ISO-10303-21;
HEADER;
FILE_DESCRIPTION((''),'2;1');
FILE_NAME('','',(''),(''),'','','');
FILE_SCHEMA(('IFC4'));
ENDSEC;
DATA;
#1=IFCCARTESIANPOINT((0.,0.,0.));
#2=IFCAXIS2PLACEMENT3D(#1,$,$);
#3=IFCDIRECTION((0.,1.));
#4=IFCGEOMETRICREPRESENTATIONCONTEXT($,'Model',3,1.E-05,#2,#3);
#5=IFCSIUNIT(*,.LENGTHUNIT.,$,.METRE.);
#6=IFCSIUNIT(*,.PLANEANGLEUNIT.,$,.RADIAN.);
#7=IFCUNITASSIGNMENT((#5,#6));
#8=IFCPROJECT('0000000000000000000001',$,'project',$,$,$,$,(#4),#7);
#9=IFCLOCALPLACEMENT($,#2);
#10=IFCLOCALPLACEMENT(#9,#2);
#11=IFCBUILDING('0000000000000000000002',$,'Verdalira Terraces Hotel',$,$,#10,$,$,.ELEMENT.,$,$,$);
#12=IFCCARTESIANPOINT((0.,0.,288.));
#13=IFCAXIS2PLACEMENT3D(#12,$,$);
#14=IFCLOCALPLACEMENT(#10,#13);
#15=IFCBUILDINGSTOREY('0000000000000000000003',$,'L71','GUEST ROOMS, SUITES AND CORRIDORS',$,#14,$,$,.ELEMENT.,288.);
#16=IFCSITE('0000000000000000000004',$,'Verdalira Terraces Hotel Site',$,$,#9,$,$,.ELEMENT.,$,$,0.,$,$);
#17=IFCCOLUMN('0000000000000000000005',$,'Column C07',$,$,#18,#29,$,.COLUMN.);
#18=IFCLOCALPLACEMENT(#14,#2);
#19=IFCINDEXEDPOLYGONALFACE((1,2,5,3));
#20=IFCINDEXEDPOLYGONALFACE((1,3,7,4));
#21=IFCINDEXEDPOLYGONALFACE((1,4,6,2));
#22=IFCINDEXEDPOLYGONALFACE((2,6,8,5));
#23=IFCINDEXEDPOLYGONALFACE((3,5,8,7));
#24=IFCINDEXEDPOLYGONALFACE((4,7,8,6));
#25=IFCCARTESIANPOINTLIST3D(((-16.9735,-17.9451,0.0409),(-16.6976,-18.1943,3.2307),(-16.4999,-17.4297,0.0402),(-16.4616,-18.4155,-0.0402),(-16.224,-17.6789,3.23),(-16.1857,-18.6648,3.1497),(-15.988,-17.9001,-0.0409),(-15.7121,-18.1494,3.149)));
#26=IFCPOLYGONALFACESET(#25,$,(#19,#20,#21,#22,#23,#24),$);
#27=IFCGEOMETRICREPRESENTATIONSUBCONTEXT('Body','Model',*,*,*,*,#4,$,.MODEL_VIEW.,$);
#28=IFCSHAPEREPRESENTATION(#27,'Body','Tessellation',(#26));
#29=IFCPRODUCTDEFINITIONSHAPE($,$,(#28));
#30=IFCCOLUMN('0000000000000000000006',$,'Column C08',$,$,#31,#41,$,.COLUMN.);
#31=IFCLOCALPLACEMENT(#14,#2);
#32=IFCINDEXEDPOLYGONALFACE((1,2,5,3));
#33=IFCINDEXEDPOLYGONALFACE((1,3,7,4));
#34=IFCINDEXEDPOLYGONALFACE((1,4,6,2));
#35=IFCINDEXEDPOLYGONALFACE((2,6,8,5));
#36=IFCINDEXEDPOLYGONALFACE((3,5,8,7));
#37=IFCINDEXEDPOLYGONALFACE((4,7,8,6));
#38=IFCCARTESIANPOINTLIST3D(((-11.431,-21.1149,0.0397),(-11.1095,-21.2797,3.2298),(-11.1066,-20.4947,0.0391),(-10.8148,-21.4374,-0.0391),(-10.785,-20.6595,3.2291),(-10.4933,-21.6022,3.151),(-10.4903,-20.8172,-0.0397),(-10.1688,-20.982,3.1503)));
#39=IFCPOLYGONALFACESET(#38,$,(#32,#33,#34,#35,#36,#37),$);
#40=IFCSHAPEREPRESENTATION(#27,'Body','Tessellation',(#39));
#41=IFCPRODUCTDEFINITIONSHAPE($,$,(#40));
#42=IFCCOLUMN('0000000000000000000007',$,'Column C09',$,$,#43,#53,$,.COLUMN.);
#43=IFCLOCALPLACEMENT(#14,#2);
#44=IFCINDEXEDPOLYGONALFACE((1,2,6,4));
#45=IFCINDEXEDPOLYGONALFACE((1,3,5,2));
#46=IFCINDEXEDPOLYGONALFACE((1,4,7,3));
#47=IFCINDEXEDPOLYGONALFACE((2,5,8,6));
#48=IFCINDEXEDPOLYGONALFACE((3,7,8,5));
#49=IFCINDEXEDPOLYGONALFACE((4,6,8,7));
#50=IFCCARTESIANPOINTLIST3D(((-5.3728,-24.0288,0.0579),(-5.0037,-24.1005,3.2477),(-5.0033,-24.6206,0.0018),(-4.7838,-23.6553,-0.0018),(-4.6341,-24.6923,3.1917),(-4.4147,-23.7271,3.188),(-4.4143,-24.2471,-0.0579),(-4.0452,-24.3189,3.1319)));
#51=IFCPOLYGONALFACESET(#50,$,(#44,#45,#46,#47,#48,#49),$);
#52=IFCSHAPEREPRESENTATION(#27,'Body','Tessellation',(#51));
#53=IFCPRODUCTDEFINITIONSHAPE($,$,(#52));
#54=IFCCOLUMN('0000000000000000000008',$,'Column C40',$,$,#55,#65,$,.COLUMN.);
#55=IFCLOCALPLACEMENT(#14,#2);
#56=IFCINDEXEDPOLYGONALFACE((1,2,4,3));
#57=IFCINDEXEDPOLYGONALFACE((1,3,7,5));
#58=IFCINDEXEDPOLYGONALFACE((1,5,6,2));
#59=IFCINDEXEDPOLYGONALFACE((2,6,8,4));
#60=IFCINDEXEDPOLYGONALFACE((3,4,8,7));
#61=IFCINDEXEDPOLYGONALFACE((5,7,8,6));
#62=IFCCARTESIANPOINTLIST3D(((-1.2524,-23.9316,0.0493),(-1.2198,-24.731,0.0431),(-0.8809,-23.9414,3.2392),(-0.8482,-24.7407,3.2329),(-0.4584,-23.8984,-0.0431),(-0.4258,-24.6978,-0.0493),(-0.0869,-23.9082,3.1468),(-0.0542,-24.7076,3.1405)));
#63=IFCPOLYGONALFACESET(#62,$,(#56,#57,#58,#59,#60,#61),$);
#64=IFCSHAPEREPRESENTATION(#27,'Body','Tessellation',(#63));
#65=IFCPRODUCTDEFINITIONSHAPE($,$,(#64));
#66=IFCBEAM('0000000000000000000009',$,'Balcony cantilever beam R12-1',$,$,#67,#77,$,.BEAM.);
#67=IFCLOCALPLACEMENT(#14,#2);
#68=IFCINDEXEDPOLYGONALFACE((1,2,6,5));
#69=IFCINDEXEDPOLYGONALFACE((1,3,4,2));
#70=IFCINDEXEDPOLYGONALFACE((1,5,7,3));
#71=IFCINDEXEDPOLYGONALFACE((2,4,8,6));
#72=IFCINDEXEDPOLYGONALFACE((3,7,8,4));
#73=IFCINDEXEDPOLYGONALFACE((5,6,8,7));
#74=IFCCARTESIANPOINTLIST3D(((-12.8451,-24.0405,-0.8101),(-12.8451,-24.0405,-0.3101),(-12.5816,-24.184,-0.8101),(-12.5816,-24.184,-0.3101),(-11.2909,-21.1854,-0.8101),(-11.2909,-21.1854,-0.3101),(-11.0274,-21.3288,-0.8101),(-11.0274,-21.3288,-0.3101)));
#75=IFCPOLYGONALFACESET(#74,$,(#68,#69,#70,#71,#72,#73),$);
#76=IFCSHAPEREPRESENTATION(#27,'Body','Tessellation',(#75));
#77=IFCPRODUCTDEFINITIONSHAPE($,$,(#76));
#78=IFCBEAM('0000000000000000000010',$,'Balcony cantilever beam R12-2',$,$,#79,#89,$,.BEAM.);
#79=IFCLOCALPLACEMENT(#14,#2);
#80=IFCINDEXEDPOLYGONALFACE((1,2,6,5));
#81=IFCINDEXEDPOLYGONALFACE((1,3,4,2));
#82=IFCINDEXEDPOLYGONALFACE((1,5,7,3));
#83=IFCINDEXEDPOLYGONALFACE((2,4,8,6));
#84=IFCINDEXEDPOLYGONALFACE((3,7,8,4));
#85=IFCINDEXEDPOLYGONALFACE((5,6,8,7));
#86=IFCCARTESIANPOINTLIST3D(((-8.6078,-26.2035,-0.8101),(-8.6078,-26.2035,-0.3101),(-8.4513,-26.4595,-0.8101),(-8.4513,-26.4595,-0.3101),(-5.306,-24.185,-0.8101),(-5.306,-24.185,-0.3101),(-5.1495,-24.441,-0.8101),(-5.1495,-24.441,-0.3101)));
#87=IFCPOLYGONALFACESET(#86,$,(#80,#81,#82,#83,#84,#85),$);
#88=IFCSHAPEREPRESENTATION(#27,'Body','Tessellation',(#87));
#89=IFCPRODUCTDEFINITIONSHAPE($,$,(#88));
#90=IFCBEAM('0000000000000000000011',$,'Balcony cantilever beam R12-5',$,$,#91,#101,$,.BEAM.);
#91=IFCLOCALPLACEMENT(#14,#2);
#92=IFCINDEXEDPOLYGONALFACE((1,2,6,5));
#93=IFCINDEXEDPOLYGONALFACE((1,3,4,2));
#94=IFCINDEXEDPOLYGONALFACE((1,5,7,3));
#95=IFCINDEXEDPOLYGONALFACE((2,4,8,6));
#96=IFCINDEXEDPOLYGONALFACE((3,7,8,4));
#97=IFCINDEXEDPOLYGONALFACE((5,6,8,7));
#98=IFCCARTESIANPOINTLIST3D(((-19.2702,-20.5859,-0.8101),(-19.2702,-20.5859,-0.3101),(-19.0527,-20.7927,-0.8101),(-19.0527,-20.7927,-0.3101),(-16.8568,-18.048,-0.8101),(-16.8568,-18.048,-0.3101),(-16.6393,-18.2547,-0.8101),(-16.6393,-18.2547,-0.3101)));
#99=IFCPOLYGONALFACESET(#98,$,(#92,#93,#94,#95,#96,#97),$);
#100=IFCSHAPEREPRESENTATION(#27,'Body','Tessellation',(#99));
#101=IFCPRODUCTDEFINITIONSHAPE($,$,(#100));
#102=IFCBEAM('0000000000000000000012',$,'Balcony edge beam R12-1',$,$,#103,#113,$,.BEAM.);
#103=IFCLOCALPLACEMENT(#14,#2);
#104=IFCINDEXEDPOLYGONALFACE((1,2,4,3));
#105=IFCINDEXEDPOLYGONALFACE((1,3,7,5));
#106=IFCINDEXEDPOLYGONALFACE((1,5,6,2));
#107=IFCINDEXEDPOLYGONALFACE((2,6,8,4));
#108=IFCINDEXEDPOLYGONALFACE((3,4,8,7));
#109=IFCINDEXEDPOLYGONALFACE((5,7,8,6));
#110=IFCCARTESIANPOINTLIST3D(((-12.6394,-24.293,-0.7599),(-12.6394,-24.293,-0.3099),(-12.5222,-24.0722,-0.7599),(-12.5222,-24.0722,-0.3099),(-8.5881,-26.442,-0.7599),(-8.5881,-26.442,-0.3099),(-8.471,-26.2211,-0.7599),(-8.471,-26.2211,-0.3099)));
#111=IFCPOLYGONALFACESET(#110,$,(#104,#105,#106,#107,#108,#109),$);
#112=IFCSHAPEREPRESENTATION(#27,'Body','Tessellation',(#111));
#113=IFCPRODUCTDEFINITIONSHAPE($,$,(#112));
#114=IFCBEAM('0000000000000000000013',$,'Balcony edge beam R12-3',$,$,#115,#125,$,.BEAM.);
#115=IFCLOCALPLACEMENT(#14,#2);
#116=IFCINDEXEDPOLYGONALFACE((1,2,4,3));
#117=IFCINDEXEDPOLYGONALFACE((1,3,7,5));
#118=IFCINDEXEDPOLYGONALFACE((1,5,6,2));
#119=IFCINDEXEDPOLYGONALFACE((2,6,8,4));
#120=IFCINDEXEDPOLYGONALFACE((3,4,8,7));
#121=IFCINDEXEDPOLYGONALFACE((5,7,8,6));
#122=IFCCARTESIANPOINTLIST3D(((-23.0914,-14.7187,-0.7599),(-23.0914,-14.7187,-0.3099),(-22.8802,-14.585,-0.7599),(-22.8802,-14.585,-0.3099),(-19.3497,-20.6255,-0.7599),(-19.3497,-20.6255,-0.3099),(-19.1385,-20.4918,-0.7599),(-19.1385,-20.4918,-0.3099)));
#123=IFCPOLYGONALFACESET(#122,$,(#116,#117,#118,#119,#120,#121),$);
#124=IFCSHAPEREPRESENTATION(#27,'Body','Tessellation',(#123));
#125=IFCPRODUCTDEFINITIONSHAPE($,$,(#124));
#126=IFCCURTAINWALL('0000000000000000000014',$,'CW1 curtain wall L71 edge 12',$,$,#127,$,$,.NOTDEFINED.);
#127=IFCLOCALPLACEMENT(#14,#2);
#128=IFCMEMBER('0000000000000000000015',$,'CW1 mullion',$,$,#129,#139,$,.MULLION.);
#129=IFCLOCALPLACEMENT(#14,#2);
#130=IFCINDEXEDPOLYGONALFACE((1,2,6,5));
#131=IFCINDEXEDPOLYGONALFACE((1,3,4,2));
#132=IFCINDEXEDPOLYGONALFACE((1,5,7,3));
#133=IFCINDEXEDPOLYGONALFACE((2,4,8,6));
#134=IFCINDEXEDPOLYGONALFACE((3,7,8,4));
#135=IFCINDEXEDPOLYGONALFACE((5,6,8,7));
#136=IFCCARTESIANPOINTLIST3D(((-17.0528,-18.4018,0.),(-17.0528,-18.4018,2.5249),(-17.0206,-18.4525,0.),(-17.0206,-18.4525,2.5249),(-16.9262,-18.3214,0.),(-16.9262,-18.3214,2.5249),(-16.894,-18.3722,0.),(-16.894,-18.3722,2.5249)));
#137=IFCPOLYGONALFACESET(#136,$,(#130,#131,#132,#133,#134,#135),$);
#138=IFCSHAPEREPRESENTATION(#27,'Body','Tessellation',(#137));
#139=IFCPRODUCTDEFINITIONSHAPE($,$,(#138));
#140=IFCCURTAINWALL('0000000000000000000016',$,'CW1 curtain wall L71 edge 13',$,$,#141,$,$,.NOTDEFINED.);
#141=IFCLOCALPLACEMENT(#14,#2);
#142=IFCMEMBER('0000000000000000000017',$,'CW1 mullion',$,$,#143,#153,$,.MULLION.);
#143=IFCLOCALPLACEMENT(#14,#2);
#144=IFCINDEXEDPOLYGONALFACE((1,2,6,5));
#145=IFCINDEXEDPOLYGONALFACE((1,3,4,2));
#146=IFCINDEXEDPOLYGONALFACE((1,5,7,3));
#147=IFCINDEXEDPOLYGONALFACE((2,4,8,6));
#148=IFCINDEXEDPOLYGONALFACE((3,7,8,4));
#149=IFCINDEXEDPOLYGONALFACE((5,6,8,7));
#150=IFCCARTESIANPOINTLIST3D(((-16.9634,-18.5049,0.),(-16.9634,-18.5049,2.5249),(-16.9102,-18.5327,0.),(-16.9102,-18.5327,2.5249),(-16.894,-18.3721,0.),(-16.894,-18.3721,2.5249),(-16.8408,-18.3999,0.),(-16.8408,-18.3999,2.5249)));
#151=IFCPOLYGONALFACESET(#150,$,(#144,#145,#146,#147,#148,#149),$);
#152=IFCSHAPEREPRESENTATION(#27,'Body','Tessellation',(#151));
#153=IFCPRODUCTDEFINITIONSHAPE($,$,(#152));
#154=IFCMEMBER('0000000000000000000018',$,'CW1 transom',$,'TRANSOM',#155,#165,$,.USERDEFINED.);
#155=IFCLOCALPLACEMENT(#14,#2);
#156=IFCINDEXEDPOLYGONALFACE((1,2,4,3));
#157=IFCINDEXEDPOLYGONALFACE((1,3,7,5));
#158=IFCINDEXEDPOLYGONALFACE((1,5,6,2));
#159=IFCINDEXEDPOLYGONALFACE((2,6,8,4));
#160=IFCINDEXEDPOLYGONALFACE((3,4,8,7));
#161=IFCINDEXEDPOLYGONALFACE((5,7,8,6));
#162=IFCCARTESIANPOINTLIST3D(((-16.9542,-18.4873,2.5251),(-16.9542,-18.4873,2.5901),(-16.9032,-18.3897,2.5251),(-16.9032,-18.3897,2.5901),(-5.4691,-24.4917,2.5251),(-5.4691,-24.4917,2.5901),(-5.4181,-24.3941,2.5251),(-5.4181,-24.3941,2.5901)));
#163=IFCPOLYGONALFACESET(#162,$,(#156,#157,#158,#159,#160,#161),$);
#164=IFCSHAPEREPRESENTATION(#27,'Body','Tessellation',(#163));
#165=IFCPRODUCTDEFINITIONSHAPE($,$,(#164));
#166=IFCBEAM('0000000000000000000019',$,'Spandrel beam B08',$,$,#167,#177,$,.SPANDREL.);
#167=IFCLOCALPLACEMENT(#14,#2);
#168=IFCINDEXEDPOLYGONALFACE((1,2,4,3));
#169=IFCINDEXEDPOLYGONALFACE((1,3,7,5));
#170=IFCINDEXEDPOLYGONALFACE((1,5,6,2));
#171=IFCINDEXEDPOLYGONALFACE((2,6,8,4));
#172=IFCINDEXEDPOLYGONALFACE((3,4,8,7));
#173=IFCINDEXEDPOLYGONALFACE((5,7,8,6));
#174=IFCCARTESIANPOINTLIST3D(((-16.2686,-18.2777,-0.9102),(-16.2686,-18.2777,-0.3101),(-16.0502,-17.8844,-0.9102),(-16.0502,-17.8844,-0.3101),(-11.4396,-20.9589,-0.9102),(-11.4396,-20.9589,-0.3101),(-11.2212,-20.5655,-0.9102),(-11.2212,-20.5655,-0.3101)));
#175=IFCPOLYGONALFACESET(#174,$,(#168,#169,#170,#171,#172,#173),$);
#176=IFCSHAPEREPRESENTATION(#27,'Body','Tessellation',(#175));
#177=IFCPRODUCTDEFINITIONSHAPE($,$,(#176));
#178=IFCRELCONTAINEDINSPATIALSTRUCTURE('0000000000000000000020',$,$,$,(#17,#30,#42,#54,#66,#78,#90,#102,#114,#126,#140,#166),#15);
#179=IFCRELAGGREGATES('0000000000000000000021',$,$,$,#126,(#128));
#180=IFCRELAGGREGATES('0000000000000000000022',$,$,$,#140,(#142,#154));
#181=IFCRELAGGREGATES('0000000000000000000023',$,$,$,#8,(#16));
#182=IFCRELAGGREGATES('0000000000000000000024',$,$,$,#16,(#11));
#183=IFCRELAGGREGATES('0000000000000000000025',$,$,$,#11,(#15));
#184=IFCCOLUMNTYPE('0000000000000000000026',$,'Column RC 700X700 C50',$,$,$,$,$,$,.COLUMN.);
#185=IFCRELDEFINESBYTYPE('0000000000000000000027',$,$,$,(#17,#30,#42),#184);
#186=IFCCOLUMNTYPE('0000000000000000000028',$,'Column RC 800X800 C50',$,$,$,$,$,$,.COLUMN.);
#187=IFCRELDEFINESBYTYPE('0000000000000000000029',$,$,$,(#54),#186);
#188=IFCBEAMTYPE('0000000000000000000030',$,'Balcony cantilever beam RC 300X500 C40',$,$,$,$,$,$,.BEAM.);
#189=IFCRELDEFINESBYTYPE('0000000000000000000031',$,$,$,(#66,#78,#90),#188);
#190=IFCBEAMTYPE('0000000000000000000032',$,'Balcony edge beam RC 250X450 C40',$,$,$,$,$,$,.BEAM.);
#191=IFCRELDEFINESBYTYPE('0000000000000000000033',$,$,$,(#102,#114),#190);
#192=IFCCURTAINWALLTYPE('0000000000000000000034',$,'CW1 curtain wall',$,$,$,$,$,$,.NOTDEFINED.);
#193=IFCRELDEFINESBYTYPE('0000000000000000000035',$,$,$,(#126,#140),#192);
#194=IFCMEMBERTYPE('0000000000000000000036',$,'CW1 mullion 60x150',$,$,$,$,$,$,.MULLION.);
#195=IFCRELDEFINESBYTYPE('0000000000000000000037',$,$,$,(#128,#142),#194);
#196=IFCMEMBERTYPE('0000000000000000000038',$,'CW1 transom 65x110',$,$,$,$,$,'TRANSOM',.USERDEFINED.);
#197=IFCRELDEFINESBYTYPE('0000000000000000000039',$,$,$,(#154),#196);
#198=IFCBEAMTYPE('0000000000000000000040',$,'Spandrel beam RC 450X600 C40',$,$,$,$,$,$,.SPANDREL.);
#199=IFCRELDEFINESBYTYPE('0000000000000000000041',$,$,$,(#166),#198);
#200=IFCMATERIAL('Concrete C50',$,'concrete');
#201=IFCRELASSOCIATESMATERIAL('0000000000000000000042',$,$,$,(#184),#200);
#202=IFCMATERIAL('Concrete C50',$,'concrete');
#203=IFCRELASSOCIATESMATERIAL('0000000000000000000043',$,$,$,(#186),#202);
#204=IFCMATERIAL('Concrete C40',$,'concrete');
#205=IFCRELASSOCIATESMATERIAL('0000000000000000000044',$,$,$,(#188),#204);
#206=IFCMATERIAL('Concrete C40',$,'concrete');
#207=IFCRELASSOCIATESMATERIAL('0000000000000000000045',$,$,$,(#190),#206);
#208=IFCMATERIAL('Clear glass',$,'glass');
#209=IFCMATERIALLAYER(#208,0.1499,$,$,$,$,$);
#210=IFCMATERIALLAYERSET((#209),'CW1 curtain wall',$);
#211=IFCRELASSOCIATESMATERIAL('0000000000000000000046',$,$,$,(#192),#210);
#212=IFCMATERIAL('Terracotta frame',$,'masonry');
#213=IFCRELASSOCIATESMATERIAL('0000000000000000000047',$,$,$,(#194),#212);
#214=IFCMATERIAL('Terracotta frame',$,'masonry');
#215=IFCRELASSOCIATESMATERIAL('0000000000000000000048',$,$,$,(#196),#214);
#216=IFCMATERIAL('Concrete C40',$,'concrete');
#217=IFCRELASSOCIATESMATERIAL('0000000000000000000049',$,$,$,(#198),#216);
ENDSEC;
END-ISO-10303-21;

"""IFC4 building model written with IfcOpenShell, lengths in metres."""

from ifc_helpers import new_model, si_unit, direction, frame, origin, origin_2d, place, context, subcontext, project, spatial, rectangle, extrude, material, layer, layer_set, material_profile, profile_set, type_object, element, aggregate, save


model = new_model("IFC4")

# Units and contexts
model_context = context("Model", 3, precision=1e-05, world=origin(), true_north=direction((0.0, 1.0)))
body_context = subcontext(model_context, "Body", "Model", "MODEL_VIEW")
ifc_project = project(units=[si_unit("LENGTHUNIT", "METRE"), si_unit("PLANEANGLEUNIT", "RADIAN")], contexts=[model_context])

# Site, building, storey
site_placement = place(None, origin())
site = spatial("IfcSite", under=ifc_project, at=site_placement, Name="Verdalira Terraces Hotel Site", CompositionType="ELEMENT", RefElevation=0.0)
building_placement = place(site_placement, origin())
building = spatial("IfcBuilding", under=site, at=building_placement, Name="Verdalira Terraces Hotel", CompositionType="ELEMENT")
storey_placement = place(building_placement, frame((0.0, 0.0, 288.0)))
storey = spatial("IfcBuildingStorey", under=building, at=storey_placement, Name="L71", Description="GUEST ROOMS, SUITES AND CORRIDORS", CompositionType="ELEMENT", Elevation=288.0)

# Columns
ifc_material_1 = material(Name="Concrete C50", Category="concrete")
ifc_material_profile_1 = material_profile(ifc_material_1, rectangle(XDim=0.7, YDim=0.7, at=origin_2d()), Name="RC 700X700")
ifc_profile_set_1 = profile_set([ifc_material_profile_1], Name="Concrete C50")
column_type_1 = type_object("IfcColumnType", Name="Column RC 700X700 C50", PredefinedType="COLUMN", material=ifc_profile_set_1)
column_1_placement = place(storey_placement, frame((-16.4807, -17.9226, 0.0), z_axis=(0.085902, -0.077616, 0.993276), x_axis=(-0.731317, 0.67214, 0.115769)))
element("IfcColumn", 1, at=column_1_placement, inside=storey, type_object=column_type_1, Name="Column C07", PredefinedType="COLUMN", context=body_context, shape_type="SweptSolid", body=[
    extrude(rectangle(XDim=0.7, YDim=0.7, at=origin_2d()), origin(), (0.0, 0.0, 1.0), 3.2114),
])
column_2_placement = place(storey_placement, frame((-10.9607, -20.9661, 0.0), z_axis=(0.100156, -0.051333, 0.993647), x_axis=(0.880392, -0.4607, -0.11254)))
element("IfcColumn", 2, at=column_2_placement, inside=storey, type_object=column_type_1, Name="Column C08", PredefinedType="COLUMN", context=body_context, shape_type="SweptSolid", body=[
    extrude(rectangle(XDim=0.7, YDim=0.7, at=origin_2d()), origin(), (0.0, 0.0, 1.0), 3.2104),
])
column_3_placement = place(storey_placement, frame((-4.8936, -24.1379, 0.0), z_axis=(0.114924, -0.022346, 0.993123), x_axis=(-0.527952, 0.845487, 0.080119)))
element("IfcColumn", 3, at=column_3_placement, inside=storey, type_object=column_type_1, Name="Column C09", PredefinedType="COLUMN", context=body_context, shape_type="SweptSolid", body=[
    extrude(rectangle(XDim=0.7, YDim=0.7, at=origin_2d()), origin(), (0.0, 0.0, 1.0), 3.2119),
])
ifc_material_2 = material(Name="Concrete C50", Category="concrete")
ifc_material_profile_2 = material_profile(ifc_material_2, rectangle(XDim=0.8, YDim=0.8, at=origin_2d()), Name="RC 800X800")
ifc_profile_set_2 = profile_set([ifc_material_profile_2], Name="Concrete C50")
column_type_2 = type_object("IfcColumnType", Name="Column RC 800X800 C50", PredefinedType="COLUMN", material=ifc_profile_set_2)
column_4_placement = place(storey_placement, frame((-0.8391, -24.3147, 0.0), z_axis=(0.115703, -0.003041, 0.993279), x_axis=(0.040806, -0.999137, -0.007812)))
element("IfcColumn", 4, at=column_4_placement, inside=storey, type_object=column_type_2, Name="Column C40", PredefinedType="COLUMN", context=body_context, shape_type="SweptSolid", body=[
    extrude(rectangle(XDim=0.8, YDim=0.8, at=origin_2d()), origin(), (0.0, 0.0, 1.0), 3.2114),
])

# Beams
ifc_material_3 = material(Name="Concrete C40", Category="concrete")
ifc_material_profile_3 = material_profile(ifc_material_3, rectangle(XDim=0.3, YDim=0.5, at=origin_2d()), Name="RC 300X500")
ifc_profile_set_3 = profile_set([ifc_material_profile_3], Name="Concrete C40")
beam_type_1 = type_object("IfcBeamType", Name="Balcony cantilever beam RC 300X500 C40", PredefinedType="BEAM", material=ifc_profile_set_3)
beam_1_placement = place(storey_placement, frame((-11.1592, -21.2571, -0.5601), z_axis=(-0.478094, -0.878309, 0.0), x_axis=(0.878309, -0.478094, 0.0)))
element("IfcBeam", 5, at=beam_1_placement, inside=storey, type_object=beam_type_1, Name="Balcony cantilever beam R12-1", PredefinedType="BEAM", context=body_context, shape_type="SweptSolid", body=[
    extrude(rectangle(XDim=0.3, YDim=0.5, at=origin_2d()), origin(), (0.0, 0.0, 1.0), 3.2507),
])
beam_2_placement = place(storey_placement, frame((-5.2278, -24.313, -0.5601), z_axis=(-0.853188, -0.521603, 0.0), x_axis=(0.521603, -0.853188, 0.0)))
element("IfcBeam", 6, at=beam_2_placement, inside=storey, type_object=beam_type_1, Name="Balcony cantilever beam R12-2", PredefinedType="BEAM", context=body_context, shape_type="SweptSolid", body=[
    extrude(rectangle(XDim=0.3, YDim=0.5, at=origin_2d()), origin(), (0.0, 0.0, 1.0), 3.8699),
])
beam_3_placement = place(storey_placement, frame((-16.748, -18.1514, -0.5601), z_axis=(-0.689107, -0.72466, 0.0), x_axis=(0.72466, -0.689107, 0.0)))
element("IfcBeam", 7, at=beam_3_placement, inside=storey, type_object=beam_type_1, Name="Balcony cantilever beam R12-5", PredefinedType="BEAM", context=body_context, shape_type="SweptSolid", body=[
    extrude(rectangle(XDim=0.3, YDim=0.5, at=origin_2d()), origin(), (0.0, 0.0, 1.0), 3.5022),
])
ifc_material_4 = material(Name="Concrete C40", Category="concrete")
ifc_material_profile_4 = material_profile(ifc_material_4, rectangle(XDim=0.25, YDim=0.45, at=origin_2d()), Name="RC 250X450")
ifc_profile_set_4 = profile_set([ifc_material_profile_4], Name="Concrete C40")
beam_type_2 = type_object("IfcBeamType", Name="Balcony edge beam RC 250X450 C40", PredefinedType="BEAM", material=ifc_profile_set_4)
beam_4_placement = place(storey_placement, frame((-12.5808, -24.1826, -0.5349), z_axis=(0.883415, -0.468592, 0.0), x_axis=(0.468592, 0.883415, 0.0)))
element("IfcBeam", 8, at=beam_4_placement, inside=storey, type_object=beam_type_2, Name="Balcony edge beam R12-1", PredefinedType="BEAM", context=body_context, shape_type="SweptSolid", body=[
    extrude(rectangle(XDim=0.25, YDim=0.45, at=origin_2d()), origin(), (0.0, 0.0, 1.0), 4.5859),
])
beam_5_placement = place(storey_placement, frame((-22.9858, -14.6519, -0.5349), z_axis=(0.53513, -0.84477, 0.0), x_axis=(0.84477, 0.53513, 0.0)))
element("IfcBeam", 9, at=beam_5_placement, inside=storey, type_object=beam_type_2, Name="Balcony edge beam R12-3", PredefinedType="BEAM", context=body_context, shape_type="SweptSolid", body=[
    extrude(rectangle(XDim=0.25, YDim=0.45, at=origin_2d()), origin(), (0.0, 0.0, 1.0), 6.9922),
])

# Curtain wall, member
ifc_material_5 = material(Name="Clear glass", Category="glass")
ifc_layer_1 = layer(ifc_material_5, 0.1499)
ifc_layer_set_1 = layer_set([ifc_layer_1], Name="CW1 curtain wall")
curtain_wall_type = type_object("IfcCurtainWallType", Name="CW1 curtain wall", PredefinedType="NOTDEFINED", material=ifc_layer_set_1)
curtain_wall_1_placement = place(storey_placement, origin())
curtain_wall_1 = element("IfcCurtainWall", 10, at=curtain_wall_1_placement, inside=storey, type_object=curtain_wall_type, Name="CW1 curtain wall L71 edge 12", PredefinedType="NOTDEFINED")
ifc_material_6 = material(Name="Terracotta frame", Category="masonry")
ifc_material_profile_5 = material_profile(ifc_material_6, rectangle(XDim=0.0601, YDim=0.1499, at=origin_2d()), Name="MU 60x150")
ifc_profile_set_5 = profile_set([ifc_material_profile_5], Name="Terracotta frame")
member_type_1 = type_object("IfcMemberType", Name="CW1 mullion 60x150", PredefinedType="MULLION", material=ifc_profile_set_5)
member_1_placement = place(storey_placement, frame((-16.9734, -18.387, 0.0), z_axis=(0.0, 0.0, 1.0), x_axis=(0.535827, -0.844328, 0.0)))
member_1 = element("IfcMember", 11, at=member_1_placement, type_object=member_type_1, Name="CW1 mullion", PredefinedType="MULLION", context=body_context, shape_type="SweptSolid", body=[
    extrude(rectangle(XDim=0.0601, YDim=0.1499, at=origin_2d()), origin(), (0.0, 0.0, 1.0), 2.5249),
])
aggregate(curtain_wall_1, [member_1])

# Curtain wall, members
curtain_wall_2_placement = place(storey_placement, origin())
curtain_wall_2 = element("IfcCurtainWall", 12, at=curtain_wall_2_placement, inside=storey, type_object=curtain_wall_type, Name="CW1 curtain wall L71 edge 13", PredefinedType="NOTDEFINED")
member_2_placement = place(storey_placement, frame((-16.9021, -18.4524, 0.0), z_axis=(0.0, 0.0, 1.0), x_axis=(0.886204, -0.463296, 0.0)))
member_2 = element("IfcMember", 13, at=member_2_placement, type_object=member_type_1, Name="CW1 mullion", PredefinedType="MULLION", context=body_context, shape_type="SweptSolid", body=[
    extrude(rectangle(XDim=0.0601, YDim=0.1499, at=origin_2d()), origin(), (0.0, 0.0, 1.0), 2.5249),
])
ifc_material_7 = material(Name="Terracotta frame", Category="masonry")
ifc_material_profile_6 = material_profile(ifc_material_7, rectangle(XDim=0.1101, YDim=0.0649, at=origin_2d()), Name="TR 65x110")
ifc_profile_set_6 = profile_set([ifc_material_profile_6], Name="Terracotta frame")
member_type_2 = type_object("IfcMemberType", Name="CW1 transom 65x110", ElementType="TRANSOM", PredefinedType="USERDEFINED", material=ifc_profile_set_6)
member_3_placement = place(storey_placement, frame((-16.9287, -18.4385, 2.5576), z_axis=(0.8862, -0.463304, 0.0), x_axis=(0.463304, 0.8862, 0.0)))
member_3 = element("IfcMember", 14, at=member_3_placement, type_object=member_type_2, Name="CW1 transom", ObjectType="TRANSOM", PredefinedType="USERDEFINED", context=body_context, shape_type="SweptSolid", body=[
    extrude(rectangle(XDim=0.1101, YDim=0.0649, at=origin_2d()), origin(), (0.0, 0.0, 1.0), 12.96),
])

# Beam
ifc_material_8 = material(Name="Concrete C40", Category="concrete")
ifc_material_profile_7 = material_profile(ifc_material_8, rectangle(XDim=0.45, YDim=0.6001, at=origin_2d()), Name="RC 450X600")
ifc_profile_set_7 = profile_set([ifc_material_profile_7], Name="Concrete C40")
beam_type_3 = type_object("IfcBeamType", Name="Spandrel beam RC 450X600 C40", PredefinedType="SPANDREL", material=ifc_profile_set_7)
beam_6_placement = place(storey_placement, frame((-16.1594, -18.0811, -0.6101), z_axis=(0.874287, -0.48541, 0.0), x_axis=(0.48541, 0.874287, 0.0)))
element("IfcBeam", 15, at=beam_6_placement, inside=storey, type_object=beam_type_3, Name="Spandrel beam B08", PredefinedType="SPANDREL", context=body_context, shape_type="SweptSolid", body=[
    extrude(rectangle(XDim=0.45, YDim=0.6001, at=origin_2d()), origin(), (0.0, 0.0, 1.0), 5.5234),
])

aggregate(curtain_wall_2, [member_2, member_3])

save(model, "model.ifc")
